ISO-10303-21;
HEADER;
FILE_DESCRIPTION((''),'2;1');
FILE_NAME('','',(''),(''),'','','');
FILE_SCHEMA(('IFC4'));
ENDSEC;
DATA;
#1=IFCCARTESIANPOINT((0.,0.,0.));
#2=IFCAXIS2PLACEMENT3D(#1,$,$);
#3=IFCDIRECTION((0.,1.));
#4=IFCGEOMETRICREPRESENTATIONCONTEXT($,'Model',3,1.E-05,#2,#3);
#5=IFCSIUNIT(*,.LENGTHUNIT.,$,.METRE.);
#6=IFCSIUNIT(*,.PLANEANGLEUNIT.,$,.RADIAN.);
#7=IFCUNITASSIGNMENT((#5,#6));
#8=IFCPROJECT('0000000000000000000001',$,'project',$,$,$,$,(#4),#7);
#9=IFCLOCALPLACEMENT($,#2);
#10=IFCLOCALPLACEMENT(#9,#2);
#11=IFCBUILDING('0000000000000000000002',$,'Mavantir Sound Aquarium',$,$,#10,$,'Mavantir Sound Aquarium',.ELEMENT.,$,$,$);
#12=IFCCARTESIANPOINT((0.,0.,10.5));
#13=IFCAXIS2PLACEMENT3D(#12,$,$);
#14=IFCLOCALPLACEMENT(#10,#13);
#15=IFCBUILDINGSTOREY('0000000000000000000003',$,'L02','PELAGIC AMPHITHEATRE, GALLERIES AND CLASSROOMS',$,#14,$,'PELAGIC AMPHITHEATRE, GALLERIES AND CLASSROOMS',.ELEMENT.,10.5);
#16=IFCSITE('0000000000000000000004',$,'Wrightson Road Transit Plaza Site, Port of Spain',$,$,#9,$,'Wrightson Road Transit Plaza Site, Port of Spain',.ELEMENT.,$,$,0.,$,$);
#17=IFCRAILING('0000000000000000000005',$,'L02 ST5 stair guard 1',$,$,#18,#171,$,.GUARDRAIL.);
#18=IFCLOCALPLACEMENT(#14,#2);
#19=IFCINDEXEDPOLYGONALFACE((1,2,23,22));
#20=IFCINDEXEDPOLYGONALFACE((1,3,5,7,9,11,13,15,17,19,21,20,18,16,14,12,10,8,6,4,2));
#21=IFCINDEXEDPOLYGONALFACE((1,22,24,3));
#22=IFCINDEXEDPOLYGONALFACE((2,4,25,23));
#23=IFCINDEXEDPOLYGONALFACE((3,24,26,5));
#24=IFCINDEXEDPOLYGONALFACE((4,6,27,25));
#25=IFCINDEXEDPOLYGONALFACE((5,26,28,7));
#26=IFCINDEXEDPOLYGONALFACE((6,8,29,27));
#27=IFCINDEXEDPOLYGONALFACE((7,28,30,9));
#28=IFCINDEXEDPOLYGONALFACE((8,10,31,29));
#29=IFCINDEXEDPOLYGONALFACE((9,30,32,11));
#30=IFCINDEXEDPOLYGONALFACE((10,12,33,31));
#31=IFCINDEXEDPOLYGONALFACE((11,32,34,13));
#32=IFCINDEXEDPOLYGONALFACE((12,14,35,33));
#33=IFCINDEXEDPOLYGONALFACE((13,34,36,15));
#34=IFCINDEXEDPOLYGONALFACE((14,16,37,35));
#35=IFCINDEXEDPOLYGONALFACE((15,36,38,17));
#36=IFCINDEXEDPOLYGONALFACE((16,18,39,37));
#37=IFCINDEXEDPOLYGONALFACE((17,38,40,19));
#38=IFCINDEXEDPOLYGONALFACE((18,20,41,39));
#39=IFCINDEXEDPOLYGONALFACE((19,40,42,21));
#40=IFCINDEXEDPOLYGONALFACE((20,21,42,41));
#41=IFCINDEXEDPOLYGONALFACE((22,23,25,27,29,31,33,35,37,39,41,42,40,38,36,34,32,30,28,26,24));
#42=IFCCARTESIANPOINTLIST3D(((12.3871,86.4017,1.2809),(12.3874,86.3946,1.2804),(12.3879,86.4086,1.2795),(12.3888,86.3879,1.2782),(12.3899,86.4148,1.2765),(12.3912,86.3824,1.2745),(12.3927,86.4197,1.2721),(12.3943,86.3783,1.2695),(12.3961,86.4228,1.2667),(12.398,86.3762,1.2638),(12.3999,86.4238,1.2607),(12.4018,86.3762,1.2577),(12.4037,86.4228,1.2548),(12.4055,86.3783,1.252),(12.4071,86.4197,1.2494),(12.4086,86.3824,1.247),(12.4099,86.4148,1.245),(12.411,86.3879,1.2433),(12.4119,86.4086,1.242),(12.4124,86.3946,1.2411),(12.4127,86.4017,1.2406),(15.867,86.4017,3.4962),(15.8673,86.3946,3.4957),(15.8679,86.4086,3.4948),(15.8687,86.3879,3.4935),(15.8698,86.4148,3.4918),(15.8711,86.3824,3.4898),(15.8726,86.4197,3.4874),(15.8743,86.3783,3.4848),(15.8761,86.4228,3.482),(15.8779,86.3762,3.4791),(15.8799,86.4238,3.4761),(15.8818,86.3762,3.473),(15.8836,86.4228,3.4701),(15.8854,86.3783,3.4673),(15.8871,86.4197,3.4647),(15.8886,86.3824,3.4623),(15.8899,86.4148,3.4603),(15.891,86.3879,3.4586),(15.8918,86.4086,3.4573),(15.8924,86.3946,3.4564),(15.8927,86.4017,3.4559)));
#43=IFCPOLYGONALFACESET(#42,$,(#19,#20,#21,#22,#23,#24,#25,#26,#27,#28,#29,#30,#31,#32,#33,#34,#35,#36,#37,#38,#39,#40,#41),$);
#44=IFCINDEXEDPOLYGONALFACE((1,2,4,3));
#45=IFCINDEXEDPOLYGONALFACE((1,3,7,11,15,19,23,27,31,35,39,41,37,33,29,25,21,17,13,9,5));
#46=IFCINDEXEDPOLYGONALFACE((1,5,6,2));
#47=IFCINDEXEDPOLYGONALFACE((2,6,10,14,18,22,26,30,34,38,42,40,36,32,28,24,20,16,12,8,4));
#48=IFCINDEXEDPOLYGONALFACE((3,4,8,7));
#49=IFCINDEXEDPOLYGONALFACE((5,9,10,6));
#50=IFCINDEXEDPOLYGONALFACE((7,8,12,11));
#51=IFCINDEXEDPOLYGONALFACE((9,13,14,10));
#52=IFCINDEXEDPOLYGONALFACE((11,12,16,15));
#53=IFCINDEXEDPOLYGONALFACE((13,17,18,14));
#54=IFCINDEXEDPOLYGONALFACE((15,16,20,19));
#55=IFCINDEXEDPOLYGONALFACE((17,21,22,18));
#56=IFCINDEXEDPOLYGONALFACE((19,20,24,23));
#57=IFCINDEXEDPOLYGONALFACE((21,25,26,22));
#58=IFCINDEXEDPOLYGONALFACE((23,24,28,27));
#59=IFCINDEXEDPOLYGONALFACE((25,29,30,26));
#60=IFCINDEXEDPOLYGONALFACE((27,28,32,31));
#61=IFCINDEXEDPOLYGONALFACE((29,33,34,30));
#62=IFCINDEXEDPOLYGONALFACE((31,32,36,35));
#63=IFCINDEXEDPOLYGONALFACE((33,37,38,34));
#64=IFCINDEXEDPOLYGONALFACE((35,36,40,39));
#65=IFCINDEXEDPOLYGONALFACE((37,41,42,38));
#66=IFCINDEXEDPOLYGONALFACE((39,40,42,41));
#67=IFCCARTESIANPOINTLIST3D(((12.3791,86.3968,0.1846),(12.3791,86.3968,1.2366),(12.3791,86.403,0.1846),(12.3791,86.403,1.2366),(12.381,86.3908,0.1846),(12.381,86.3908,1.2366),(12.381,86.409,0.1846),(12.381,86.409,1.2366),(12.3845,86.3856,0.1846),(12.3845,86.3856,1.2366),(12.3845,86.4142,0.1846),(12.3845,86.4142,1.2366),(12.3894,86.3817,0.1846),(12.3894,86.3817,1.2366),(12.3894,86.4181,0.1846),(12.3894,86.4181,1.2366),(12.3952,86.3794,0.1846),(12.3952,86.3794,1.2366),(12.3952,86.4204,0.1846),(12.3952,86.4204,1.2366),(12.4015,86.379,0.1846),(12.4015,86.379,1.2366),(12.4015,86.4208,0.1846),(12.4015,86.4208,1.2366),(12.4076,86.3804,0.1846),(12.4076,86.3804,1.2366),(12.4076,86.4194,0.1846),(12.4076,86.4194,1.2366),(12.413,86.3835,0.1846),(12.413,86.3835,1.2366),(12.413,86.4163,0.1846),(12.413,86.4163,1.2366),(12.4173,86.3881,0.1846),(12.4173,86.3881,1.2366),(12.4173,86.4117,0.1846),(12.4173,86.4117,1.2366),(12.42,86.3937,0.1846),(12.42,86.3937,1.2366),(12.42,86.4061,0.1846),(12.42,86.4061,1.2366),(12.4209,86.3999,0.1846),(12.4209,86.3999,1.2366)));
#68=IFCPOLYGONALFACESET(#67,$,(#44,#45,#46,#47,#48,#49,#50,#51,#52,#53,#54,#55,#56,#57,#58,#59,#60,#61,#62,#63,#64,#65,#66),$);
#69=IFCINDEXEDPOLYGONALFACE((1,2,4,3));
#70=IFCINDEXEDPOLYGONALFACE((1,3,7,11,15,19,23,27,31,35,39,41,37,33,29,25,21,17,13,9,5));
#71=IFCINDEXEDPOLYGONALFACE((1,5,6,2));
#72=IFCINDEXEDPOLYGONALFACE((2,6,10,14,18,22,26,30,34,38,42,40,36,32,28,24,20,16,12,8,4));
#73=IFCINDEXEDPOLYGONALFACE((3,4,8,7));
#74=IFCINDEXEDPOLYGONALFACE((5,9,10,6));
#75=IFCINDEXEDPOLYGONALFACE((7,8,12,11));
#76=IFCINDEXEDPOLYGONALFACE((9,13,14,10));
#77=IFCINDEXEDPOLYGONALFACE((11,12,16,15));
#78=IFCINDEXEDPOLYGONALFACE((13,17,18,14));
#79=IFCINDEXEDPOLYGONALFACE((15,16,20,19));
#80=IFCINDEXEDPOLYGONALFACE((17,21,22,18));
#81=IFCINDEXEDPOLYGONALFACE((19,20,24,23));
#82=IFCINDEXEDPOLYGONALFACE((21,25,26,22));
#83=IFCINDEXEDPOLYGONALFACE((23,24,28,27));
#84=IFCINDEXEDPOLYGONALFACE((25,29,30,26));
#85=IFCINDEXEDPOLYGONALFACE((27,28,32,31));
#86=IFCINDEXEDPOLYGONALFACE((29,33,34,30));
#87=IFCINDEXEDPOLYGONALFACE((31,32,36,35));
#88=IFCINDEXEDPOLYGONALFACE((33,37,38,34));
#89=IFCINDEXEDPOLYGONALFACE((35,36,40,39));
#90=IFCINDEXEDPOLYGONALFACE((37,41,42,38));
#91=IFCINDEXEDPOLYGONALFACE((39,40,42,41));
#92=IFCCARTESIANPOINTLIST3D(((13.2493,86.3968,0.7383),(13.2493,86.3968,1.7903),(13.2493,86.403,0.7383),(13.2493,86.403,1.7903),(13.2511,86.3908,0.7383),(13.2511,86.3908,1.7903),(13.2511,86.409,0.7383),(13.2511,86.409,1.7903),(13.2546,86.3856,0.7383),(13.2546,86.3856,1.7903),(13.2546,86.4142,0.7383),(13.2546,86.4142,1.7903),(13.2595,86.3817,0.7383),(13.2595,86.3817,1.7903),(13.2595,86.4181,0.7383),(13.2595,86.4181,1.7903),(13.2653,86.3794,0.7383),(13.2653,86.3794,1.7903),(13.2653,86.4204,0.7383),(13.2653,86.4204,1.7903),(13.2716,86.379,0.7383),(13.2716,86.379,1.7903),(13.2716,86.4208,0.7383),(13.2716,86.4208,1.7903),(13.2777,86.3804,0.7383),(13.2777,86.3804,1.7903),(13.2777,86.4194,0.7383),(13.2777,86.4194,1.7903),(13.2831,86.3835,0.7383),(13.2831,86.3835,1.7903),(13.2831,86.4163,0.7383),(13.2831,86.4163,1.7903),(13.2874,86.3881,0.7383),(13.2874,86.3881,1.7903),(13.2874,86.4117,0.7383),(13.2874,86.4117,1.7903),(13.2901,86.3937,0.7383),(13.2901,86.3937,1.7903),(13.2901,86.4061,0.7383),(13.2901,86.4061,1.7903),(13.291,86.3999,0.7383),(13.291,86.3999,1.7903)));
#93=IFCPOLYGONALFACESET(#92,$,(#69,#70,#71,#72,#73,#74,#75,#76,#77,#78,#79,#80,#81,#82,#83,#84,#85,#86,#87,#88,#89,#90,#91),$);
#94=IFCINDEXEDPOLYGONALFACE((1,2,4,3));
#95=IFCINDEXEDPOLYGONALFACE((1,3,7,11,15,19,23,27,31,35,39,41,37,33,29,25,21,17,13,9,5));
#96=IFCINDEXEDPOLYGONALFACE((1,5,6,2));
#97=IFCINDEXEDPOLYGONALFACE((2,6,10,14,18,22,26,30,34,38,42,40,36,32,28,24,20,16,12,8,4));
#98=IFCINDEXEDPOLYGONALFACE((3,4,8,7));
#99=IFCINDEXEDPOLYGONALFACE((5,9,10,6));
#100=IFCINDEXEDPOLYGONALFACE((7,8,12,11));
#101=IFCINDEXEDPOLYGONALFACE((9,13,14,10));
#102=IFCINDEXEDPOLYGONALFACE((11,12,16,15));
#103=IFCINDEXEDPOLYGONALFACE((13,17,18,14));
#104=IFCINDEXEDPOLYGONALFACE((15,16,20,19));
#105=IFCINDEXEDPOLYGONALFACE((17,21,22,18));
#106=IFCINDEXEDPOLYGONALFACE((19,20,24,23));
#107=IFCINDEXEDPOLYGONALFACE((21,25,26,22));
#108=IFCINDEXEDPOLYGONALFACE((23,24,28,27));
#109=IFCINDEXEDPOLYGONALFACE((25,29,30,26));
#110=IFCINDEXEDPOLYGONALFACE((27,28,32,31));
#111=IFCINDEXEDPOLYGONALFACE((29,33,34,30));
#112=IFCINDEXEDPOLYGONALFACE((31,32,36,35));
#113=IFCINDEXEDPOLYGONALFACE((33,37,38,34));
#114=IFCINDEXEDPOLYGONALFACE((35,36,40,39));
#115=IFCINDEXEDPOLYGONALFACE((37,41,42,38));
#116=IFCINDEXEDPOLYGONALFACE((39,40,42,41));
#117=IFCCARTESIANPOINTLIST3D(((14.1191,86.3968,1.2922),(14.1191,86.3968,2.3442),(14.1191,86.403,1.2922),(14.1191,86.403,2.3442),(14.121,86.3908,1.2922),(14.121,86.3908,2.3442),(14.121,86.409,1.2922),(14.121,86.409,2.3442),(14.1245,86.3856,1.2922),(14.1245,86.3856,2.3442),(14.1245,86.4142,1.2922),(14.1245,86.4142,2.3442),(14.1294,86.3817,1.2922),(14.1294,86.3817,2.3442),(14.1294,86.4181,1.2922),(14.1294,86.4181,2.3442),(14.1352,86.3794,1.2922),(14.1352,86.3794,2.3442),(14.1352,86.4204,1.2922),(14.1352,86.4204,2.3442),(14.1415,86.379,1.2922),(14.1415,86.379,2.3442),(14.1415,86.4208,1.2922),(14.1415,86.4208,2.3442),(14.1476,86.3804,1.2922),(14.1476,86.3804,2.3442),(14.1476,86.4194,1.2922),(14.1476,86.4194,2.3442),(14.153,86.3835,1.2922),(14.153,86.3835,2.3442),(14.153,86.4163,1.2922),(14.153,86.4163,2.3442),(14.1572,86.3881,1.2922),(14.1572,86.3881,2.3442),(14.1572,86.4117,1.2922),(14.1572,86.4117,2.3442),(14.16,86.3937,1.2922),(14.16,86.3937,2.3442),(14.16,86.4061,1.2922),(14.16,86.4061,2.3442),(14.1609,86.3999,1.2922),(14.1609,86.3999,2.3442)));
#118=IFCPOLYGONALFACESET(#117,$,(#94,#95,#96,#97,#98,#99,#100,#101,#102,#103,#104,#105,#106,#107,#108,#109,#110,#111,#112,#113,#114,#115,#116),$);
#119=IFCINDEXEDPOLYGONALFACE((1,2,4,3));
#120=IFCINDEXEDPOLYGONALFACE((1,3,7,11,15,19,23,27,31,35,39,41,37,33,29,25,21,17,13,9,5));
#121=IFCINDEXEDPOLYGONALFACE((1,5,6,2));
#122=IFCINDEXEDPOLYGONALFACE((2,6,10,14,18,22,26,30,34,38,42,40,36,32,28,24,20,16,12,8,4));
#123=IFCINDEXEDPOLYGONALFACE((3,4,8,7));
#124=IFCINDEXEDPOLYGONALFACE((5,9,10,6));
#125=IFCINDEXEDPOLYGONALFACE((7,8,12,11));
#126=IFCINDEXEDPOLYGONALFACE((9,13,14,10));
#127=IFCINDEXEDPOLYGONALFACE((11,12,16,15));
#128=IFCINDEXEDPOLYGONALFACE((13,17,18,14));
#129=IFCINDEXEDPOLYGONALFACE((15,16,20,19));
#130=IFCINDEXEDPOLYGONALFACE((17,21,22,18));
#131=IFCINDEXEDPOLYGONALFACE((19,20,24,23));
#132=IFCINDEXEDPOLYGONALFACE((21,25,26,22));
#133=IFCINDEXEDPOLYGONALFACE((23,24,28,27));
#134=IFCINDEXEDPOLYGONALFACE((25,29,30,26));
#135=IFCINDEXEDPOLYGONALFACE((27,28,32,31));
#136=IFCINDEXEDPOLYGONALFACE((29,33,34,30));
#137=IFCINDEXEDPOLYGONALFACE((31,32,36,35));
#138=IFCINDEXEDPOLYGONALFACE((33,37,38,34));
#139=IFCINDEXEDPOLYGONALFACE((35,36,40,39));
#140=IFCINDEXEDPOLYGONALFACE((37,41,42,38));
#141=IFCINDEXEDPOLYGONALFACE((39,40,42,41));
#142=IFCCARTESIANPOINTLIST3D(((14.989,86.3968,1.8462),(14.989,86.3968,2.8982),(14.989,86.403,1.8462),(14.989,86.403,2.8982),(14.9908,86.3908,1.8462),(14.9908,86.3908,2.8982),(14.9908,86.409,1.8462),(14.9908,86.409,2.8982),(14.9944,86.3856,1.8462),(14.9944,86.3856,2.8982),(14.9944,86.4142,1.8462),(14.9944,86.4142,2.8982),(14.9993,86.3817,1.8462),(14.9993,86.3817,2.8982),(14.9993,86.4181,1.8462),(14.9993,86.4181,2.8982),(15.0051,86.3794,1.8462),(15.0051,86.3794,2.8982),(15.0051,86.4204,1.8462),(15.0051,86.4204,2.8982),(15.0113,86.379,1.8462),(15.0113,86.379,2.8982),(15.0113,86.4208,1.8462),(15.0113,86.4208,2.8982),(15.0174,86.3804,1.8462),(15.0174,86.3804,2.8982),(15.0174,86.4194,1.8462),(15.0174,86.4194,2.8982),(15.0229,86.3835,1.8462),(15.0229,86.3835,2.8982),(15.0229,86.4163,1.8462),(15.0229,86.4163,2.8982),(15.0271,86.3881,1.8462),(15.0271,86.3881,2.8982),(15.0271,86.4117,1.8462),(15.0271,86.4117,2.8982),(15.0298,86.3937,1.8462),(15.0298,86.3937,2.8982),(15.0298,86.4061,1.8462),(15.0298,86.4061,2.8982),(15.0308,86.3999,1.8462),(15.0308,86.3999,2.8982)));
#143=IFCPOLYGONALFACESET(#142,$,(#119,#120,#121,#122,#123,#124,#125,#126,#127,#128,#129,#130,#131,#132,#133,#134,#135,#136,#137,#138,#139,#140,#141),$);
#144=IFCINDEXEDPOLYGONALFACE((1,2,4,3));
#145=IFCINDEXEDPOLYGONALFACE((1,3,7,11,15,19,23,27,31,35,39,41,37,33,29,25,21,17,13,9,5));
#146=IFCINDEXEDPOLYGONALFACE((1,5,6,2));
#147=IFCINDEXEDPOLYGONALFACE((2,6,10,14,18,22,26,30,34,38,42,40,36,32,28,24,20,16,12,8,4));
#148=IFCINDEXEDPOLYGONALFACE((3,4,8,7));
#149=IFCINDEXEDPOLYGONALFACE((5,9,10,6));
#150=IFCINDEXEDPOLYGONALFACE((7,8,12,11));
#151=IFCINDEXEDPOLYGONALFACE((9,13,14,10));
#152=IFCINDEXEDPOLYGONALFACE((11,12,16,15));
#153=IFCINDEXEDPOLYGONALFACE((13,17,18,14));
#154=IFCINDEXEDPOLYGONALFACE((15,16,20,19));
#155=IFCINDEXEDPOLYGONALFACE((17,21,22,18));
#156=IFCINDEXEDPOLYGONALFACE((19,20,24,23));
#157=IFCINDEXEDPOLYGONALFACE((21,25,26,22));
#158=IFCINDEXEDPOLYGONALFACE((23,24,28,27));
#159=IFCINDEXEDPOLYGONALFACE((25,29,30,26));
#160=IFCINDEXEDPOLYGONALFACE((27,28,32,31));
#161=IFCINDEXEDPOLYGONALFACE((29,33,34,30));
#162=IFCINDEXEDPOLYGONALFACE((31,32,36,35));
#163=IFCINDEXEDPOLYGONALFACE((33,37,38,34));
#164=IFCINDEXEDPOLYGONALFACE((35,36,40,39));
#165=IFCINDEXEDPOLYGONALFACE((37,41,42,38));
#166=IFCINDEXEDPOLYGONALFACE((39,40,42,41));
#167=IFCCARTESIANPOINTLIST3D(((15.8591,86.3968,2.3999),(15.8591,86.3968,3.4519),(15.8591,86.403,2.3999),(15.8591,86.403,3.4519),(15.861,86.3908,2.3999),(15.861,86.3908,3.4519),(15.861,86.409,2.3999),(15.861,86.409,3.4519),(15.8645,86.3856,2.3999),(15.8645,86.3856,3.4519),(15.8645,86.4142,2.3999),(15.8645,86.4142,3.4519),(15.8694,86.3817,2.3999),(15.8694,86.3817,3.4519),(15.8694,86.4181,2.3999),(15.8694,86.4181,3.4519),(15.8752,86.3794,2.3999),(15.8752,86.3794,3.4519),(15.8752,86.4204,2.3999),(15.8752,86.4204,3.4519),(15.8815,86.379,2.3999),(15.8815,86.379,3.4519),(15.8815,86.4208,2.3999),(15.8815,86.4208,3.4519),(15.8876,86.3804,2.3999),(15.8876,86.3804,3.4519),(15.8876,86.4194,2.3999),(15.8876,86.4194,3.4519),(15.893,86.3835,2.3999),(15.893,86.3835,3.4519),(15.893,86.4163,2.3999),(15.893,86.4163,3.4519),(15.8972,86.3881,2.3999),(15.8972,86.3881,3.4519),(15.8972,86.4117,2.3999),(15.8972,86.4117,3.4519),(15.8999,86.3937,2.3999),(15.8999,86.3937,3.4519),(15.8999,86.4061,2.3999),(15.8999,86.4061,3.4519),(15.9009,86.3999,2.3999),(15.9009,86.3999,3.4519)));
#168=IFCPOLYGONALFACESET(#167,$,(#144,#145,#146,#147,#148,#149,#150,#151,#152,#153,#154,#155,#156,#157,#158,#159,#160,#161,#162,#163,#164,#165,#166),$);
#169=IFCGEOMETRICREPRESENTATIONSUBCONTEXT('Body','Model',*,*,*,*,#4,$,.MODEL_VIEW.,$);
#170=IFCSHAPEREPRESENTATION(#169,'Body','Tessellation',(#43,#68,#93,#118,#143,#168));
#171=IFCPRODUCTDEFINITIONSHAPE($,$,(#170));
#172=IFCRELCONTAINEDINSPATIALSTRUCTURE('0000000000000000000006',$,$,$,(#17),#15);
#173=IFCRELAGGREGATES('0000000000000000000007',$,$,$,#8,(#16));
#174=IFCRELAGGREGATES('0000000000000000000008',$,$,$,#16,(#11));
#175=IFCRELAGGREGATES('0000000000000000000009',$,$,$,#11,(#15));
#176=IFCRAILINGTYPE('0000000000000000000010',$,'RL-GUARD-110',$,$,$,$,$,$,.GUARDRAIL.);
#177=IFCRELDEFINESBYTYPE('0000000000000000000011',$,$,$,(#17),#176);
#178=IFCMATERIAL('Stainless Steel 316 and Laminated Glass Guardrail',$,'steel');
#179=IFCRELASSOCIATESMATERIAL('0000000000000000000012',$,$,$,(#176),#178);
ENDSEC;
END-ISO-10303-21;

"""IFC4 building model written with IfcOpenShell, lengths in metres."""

from ifc_helpers import new_model, si_unit, direction, frame, origin, origin_2d, place, context, subcontext, project, spatial, circle, extrude, material, type_object, element, save


model = new_model("IFC4")

# Units and contexts
model_context = context("Model", 3, precision=1e-05, world=origin(), true_north=direction((0.0, 1.0)))
body_context = subcontext(model_context, "Body", "Model", "MODEL_VIEW")
ifc_project = project(units=[si_unit("LENGTHUNIT", "METRE"), si_unit("PLANEANGLEUNIT", "RADIAN")], contexts=[model_context])

# Site, building, storey
site_placement = place(None, origin())
site = spatial("IfcSite", under=ifc_project, at=site_placement, Name="Wrightson Road Transit Plaza Site, Port of Spain", LongName="Wrightson Road Transit Plaza Site, Port of Spain", CompositionType="ELEMENT", RefElevation=0.0)
building_placement = place(site_placement, origin())
building = spatial("IfcBuilding", under=site, at=building_placement, Name="Mavantir Sound Aquarium", LongName="Mavantir Sound Aquarium", CompositionType="ELEMENT")
storey_placement = place(building_placement, frame((0.0, 0.0, 10.5)))
storey = spatial("IfcBuildingStorey", under=building, at=storey_placement, Name="L02", Description="PELAGIC AMPHITHEATRE, GALLERIES AND CLASSROOMS", LongName="PELAGIC AMPHITHEATRE, GALLERIES AND CLASSROOMS", CompositionType="ELEMENT", Elevation=10.5)

# Railing
ifc_material_1 = material(Name="Stainless Steel 316 and Laminated Glass Guardrail", Category="steel")
railing_type_1 = type_object("IfcRailingType", Name="RL-GUARD-110", PredefinedType="GUARDRAIL", material=ifc_material_1)
railing_1_placement = place(storey_placement, frame((12.3999, 86.3999, 0.1846)))
element("IfcRailing", 1, at=railing_1_placement, inside=storey, type_object=railing_type_1, Name="L02 ST5 stair guard 1", PredefinedType="GUARDRAIL", context=body_context, shape_type="SweptSolid", body=[
    extrude(circle(Radius=0.0239, at=origin_2d()), frame((0.0, 0.0, 1.0762), z_axis=(0.843574, 0.0, 0.537013), x_axis=(0.0, 1.0, 0.0)), (0.0, 0.0, 1.0), 4.1252),
    extrude(circle(Radius=0.021, at=origin_2d()), origin(), (0.0, 0.0, 1.0), 1.052),
    extrude(circle(Radius=0.021, at=origin_2d()), frame((0.8701, 0.0, 0.5537)), (0.0, 0.0, 1.0), 1.052),
    extrude(circle(Radius=0.021, at=origin_2d()), frame((1.74, 0.0, 1.1077)), (0.0, 0.0, 1.0), 1.052),
    extrude(circle(Radius=0.021, at=origin_2d()), frame((2.6099, 0.0, 1.6616)), (0.0, 0.0, 1.0), 1.052),
    extrude(circle(Radius=0.021, at=origin_2d()), frame((3.48, 0.0, 2.2153)), (0.0, 0.0, 1.0), 1.052),
])

save(model, "model.ifc")
